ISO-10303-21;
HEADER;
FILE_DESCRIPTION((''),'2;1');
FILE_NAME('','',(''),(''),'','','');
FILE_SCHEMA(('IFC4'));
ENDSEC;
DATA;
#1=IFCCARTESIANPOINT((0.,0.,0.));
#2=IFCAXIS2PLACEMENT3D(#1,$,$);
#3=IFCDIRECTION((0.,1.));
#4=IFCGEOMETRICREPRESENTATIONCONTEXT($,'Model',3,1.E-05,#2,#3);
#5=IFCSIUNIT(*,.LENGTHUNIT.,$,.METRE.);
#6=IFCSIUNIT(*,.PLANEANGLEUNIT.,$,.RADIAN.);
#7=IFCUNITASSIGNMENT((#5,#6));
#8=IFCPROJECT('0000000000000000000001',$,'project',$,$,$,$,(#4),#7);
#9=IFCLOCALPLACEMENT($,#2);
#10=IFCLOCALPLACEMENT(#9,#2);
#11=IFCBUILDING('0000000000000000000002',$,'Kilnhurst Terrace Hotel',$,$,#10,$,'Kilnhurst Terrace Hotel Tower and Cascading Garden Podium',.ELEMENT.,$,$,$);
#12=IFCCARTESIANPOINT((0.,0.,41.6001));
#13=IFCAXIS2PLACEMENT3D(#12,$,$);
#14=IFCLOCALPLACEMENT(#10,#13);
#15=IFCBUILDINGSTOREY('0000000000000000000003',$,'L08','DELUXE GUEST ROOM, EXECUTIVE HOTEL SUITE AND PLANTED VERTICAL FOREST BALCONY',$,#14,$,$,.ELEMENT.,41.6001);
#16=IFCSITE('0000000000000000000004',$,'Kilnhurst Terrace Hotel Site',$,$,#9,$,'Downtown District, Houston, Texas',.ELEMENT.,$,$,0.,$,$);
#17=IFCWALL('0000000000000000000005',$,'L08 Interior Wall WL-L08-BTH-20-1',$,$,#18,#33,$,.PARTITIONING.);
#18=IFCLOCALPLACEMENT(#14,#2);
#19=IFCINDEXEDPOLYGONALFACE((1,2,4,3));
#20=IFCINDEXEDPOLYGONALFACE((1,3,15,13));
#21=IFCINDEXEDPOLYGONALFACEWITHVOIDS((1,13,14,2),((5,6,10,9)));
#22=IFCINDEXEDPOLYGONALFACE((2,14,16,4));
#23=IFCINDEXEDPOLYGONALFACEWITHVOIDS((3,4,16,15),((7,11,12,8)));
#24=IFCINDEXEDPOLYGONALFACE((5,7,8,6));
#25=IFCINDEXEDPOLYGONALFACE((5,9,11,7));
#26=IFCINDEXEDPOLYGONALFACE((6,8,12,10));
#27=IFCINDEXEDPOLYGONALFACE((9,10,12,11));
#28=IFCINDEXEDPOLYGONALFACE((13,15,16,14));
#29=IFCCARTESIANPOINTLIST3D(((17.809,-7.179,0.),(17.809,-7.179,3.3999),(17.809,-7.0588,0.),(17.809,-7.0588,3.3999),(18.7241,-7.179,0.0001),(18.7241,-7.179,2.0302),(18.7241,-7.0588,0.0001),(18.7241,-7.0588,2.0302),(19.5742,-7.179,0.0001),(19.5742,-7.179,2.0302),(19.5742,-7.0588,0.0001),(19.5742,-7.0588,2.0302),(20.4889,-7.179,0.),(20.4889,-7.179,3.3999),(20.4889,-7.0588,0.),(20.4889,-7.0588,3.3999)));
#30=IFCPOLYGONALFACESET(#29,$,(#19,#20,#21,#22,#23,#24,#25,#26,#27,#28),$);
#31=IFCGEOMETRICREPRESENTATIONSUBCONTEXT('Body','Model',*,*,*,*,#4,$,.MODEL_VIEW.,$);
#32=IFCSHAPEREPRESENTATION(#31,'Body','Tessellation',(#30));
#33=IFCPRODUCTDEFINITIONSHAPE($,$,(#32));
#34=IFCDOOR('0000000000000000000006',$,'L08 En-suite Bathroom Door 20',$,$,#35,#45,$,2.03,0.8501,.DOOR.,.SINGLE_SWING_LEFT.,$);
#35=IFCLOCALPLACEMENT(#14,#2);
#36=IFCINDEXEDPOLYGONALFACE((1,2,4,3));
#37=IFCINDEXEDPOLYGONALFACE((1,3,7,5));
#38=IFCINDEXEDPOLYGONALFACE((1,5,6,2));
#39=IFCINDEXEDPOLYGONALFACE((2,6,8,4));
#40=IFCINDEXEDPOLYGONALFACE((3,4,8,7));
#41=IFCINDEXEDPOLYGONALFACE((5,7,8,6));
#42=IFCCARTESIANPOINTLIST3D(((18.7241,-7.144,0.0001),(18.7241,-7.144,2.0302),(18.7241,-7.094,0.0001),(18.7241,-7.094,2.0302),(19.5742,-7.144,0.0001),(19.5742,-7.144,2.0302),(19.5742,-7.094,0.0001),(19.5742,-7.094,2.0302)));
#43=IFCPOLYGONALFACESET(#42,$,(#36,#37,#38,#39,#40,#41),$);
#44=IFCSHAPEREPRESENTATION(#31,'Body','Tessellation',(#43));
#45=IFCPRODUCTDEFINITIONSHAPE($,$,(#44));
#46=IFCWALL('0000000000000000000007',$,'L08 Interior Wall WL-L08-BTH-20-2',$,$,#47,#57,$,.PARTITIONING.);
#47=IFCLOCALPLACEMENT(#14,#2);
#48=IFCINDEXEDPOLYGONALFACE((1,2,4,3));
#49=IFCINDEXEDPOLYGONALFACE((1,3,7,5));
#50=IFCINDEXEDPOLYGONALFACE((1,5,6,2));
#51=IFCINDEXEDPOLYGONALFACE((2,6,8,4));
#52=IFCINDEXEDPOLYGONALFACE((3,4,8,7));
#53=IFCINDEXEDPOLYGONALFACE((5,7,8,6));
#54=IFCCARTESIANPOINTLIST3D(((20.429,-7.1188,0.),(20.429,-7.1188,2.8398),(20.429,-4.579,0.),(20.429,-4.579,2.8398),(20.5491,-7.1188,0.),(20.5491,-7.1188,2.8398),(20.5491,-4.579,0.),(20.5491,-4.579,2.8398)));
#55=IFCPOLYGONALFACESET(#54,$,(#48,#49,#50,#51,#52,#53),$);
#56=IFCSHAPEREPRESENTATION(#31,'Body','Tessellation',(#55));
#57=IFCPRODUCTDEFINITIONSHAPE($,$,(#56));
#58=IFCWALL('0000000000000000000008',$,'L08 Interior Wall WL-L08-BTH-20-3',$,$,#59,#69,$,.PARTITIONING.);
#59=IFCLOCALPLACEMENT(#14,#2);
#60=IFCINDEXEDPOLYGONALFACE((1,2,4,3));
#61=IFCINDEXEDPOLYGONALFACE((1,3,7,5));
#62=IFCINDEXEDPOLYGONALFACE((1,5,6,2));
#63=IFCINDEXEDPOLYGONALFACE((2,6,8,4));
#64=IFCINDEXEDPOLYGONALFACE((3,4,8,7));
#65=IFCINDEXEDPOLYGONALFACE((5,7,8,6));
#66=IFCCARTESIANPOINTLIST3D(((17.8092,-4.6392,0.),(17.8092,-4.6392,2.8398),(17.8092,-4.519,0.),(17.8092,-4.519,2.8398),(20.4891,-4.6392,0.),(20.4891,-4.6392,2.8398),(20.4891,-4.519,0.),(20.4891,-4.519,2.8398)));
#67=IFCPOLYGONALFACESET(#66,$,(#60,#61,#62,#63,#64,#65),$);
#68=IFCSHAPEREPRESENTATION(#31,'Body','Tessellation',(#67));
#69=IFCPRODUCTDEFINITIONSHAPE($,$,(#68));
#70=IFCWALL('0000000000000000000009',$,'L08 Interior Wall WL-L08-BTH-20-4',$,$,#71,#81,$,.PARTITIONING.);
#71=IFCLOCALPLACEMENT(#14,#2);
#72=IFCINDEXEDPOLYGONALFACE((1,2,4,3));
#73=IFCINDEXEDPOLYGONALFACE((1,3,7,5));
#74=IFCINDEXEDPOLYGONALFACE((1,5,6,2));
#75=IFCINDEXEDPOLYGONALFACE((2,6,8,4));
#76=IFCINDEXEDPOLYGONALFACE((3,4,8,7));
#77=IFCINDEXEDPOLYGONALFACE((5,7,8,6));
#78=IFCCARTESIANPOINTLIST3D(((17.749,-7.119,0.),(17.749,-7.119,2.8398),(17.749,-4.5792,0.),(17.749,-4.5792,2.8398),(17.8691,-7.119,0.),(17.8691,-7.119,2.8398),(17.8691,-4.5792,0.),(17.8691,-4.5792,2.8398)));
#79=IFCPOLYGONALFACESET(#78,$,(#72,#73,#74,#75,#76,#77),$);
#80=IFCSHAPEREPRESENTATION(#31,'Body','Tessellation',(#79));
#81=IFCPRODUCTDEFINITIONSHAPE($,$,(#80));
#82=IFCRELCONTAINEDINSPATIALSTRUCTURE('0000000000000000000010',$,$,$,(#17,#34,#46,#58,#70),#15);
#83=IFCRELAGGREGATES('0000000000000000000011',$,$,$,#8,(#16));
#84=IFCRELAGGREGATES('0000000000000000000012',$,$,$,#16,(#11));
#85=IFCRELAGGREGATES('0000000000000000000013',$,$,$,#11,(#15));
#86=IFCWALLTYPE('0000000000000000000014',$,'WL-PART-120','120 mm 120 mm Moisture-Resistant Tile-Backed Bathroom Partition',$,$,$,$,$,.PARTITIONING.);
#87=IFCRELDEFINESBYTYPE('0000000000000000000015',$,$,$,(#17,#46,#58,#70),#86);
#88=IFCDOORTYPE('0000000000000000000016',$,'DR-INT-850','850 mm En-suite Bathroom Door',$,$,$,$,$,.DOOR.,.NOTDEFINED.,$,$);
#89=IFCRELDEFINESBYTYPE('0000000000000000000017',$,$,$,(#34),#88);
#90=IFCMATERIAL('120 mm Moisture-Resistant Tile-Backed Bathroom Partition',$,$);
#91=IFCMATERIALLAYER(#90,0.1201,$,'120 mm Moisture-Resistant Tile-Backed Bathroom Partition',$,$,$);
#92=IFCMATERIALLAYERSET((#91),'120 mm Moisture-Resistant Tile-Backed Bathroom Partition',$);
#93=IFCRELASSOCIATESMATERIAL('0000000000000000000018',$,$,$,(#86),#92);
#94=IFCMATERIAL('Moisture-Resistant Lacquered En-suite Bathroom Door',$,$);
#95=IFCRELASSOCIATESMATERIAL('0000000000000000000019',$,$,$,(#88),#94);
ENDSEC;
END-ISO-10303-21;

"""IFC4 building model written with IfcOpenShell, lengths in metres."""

from ifc_helpers import new_model, si_unit, direction, frame, frame_2d, origin, place, context, subcontext, project, spatial, rectangle, extrude, material, layer, layer_set, type_object, element, fill, save


model = new_model("IFC4")

# Units and contexts
model_context = context("Model", 3, precision=1e-05, world=origin(), true_north=direction((0.0, 1.0)))
body_context = subcontext(model_context, "Body", "Model", "MODEL_VIEW")
ifc_project = project(units=[si_unit("LENGTHUNIT", "METRE"), si_unit("PLANEANGLEUNIT", "RADIAN")], contexts=[model_context])

# Site, building, storey
site_placement = place(None, origin())
site = spatial("IfcSite", under=ifc_project, at=site_placement, Name="Kilnhurst Terrace Hotel Site", LongName="Downtown District, Houston, Texas", CompositionType="ELEMENT", RefElevation=0.0)
building_placement = place(site_placement, origin())
building = spatial("IfcBuilding", under=site, at=building_placement, Name="Kilnhurst Terrace Hotel", LongName="Kilnhurst Terrace Hotel Tower and Cascading Garden Podium", CompositionType="ELEMENT")
storey_placement = place(building_placement, frame((0.0, 0.0, 41.6001)))
storey = spatial("IfcBuildingStorey", under=building, at=storey_placement, Name="L08", Description="DELUXE GUEST ROOM, EXECUTIVE HOTEL SUITE AND PLANTED VERTICAL FOREST BALCONY", CompositionType="ELEMENT", Elevation=41.6001)

# Wall, opening, door
ifc_material_1 = material(Name="120 mm Moisture-Resistant Tile-Backed Bathroom Partition")
ifc_layer_1 = layer(ifc_material_1, 0.1201, Name="120 mm Moisture-Resistant Tile-Backed Bathroom Partition")
ifc_layer_set_1 = layer_set([ifc_layer_1], Name="120 mm Moisture-Resistant Tile-Backed Bathroom Partition")
wall_type_1 = type_object("IfcWallType", Name="WL-PART-120", Description="120 mm 120 mm Moisture-Resistant Tile-Backed Bathroom Partition", PredefinedType="PARTITIONING", material=ifc_layer_set_1)
wall_1_placement = place(storey_placement, frame((17.8091, -7.1189, 0.0), z_axis=(0.0, 0.0, 1.0), x_axis=(1.0, 0.0, 0.0)))
wall_1 = element("IfcWall", 1, at=wall_1_placement, inside=storey, type_object=wall_type_1, Name="L08 Interior Wall WL-L08-BTH-20-1", PredefinedType="PARTITIONING", context=body_context, shape_type="SweptSolid", body=[
    extrude(rectangle(XDim=2.6799, YDim=0.1201, at=frame_2d((1.3398, 0.0))), origin(), (0.0, 0.0, 1.0), 3.3999),
])
opening_1_placement = place(wall_1_placement, frame((0.915, 0.0, 0.0)))
opening_1 = element("IfcOpeningElement", 2, at=opening_1_placement, cuts=wall_1, PredefinedType="OPENING", context=body_context, shape_type="SweptSolid", body=[
    extrude(rectangle(XDim=0.8501, YDim=2.03, at=frame_2d((0.425, 1.0151))), frame((0.0, 0.0701, 0.0), z_axis=(0.0, -1.0, 0.0), x_axis=(1.0, 0.0, 0.0)), (0.0, 0.0, 1.0), 0.1401),
])
ifc_material_2 = material(Name="Moisture-Resistant Lacquered En-suite Bathroom Door")
door_type_1 = type_object("IfcDoorType", Name="DR-INT-850", Description="850 mm En-suite Bathroom Door", OperationType="NOTDEFINED", PredefinedType="DOOR", material=ifc_material_2)
door_1_placement = place(opening_1_placement, origin())
door_1 = element("IfcDoor", 3, at=door_1_placement, inside=storey, type_object=door_type_1, Name="L08 En-suite Bathroom Door 20", OperationType="SINGLE_SWING_LEFT", OverallHeight=2.03, OverallWidth=0.8501, PredefinedType="DOOR", context=body_context, shape_type="SweptSolid", body=[
    extrude(rectangle(XDim=0.8501, YDim=2.03, at=frame_2d((0.425, 1.0151))), frame((0.0, 0.0249, 0.0), z_axis=(0.0, -1.0, 0.0), x_axis=(1.0, 0.0, 0.0)), (0.0, 0.0, 1.0), 0.05),
])
fill(opening_1, door_1)

# Walls
wall_2_placement = place(storey_placement, frame((20.489, -7.1189, 0.0), z_axis=(0.0, 0.0, 1.0), x_axis=(0.0, 1.0, 0.0)))
element("IfcWall", 4, at=wall_2_placement, inside=storey, type_object=wall_type_1, Name="L08 Interior Wall WL-L08-BTH-20-2", PredefinedType="PARTITIONING", context=body_context, shape_type="SweptSolid", body=[
    extrude(rectangle(XDim=2.5398, YDim=0.1201, at=frame_2d((1.27, 0.0))), origin(), (0.0, 0.0, 1.0), 2.8398),
])
wall_3_placement = place(storey_placement, frame((20.489, -4.5791, 0.0), z_axis=(0.0, 0.0, 1.0), x_axis=(-1.0, 0.0, 0.0)))
element("IfcWall", 5, at=wall_3_placement, inside=storey, type_object=wall_type_1, Name="L08 Interior Wall WL-L08-BTH-20-3", PredefinedType="PARTITIONING", context=body_context, shape_type="SweptSolid", body=[
    extrude(rectangle(XDim=2.6799, YDim=0.1201, at=frame_2d((1.3398, 0.0))), origin(), (0.0, 0.0, 1.0), 2.8398),
])
wall_4_placement = place(storey_placement, frame((17.8091, -4.5791, 0.0), z_axis=(0.0, 0.0, 1.0), x_axis=(0.0, -1.0, 0.0)))
element("IfcWall", 6, at=wall_4_placement, inside=storey, type_object=wall_type_1, Name="L08 Interior Wall WL-L08-BTH-20-4", PredefinedType="PARTITIONING", context=body_context, shape_type="SweptSolid", body=[
    extrude(rectangle(XDim=2.5398, YDim=0.1201, at=frame_2d((1.27, 0.0))), origin(), (0.0, 0.0, 1.0), 2.8398),
])

save(model, "model.ifc")
